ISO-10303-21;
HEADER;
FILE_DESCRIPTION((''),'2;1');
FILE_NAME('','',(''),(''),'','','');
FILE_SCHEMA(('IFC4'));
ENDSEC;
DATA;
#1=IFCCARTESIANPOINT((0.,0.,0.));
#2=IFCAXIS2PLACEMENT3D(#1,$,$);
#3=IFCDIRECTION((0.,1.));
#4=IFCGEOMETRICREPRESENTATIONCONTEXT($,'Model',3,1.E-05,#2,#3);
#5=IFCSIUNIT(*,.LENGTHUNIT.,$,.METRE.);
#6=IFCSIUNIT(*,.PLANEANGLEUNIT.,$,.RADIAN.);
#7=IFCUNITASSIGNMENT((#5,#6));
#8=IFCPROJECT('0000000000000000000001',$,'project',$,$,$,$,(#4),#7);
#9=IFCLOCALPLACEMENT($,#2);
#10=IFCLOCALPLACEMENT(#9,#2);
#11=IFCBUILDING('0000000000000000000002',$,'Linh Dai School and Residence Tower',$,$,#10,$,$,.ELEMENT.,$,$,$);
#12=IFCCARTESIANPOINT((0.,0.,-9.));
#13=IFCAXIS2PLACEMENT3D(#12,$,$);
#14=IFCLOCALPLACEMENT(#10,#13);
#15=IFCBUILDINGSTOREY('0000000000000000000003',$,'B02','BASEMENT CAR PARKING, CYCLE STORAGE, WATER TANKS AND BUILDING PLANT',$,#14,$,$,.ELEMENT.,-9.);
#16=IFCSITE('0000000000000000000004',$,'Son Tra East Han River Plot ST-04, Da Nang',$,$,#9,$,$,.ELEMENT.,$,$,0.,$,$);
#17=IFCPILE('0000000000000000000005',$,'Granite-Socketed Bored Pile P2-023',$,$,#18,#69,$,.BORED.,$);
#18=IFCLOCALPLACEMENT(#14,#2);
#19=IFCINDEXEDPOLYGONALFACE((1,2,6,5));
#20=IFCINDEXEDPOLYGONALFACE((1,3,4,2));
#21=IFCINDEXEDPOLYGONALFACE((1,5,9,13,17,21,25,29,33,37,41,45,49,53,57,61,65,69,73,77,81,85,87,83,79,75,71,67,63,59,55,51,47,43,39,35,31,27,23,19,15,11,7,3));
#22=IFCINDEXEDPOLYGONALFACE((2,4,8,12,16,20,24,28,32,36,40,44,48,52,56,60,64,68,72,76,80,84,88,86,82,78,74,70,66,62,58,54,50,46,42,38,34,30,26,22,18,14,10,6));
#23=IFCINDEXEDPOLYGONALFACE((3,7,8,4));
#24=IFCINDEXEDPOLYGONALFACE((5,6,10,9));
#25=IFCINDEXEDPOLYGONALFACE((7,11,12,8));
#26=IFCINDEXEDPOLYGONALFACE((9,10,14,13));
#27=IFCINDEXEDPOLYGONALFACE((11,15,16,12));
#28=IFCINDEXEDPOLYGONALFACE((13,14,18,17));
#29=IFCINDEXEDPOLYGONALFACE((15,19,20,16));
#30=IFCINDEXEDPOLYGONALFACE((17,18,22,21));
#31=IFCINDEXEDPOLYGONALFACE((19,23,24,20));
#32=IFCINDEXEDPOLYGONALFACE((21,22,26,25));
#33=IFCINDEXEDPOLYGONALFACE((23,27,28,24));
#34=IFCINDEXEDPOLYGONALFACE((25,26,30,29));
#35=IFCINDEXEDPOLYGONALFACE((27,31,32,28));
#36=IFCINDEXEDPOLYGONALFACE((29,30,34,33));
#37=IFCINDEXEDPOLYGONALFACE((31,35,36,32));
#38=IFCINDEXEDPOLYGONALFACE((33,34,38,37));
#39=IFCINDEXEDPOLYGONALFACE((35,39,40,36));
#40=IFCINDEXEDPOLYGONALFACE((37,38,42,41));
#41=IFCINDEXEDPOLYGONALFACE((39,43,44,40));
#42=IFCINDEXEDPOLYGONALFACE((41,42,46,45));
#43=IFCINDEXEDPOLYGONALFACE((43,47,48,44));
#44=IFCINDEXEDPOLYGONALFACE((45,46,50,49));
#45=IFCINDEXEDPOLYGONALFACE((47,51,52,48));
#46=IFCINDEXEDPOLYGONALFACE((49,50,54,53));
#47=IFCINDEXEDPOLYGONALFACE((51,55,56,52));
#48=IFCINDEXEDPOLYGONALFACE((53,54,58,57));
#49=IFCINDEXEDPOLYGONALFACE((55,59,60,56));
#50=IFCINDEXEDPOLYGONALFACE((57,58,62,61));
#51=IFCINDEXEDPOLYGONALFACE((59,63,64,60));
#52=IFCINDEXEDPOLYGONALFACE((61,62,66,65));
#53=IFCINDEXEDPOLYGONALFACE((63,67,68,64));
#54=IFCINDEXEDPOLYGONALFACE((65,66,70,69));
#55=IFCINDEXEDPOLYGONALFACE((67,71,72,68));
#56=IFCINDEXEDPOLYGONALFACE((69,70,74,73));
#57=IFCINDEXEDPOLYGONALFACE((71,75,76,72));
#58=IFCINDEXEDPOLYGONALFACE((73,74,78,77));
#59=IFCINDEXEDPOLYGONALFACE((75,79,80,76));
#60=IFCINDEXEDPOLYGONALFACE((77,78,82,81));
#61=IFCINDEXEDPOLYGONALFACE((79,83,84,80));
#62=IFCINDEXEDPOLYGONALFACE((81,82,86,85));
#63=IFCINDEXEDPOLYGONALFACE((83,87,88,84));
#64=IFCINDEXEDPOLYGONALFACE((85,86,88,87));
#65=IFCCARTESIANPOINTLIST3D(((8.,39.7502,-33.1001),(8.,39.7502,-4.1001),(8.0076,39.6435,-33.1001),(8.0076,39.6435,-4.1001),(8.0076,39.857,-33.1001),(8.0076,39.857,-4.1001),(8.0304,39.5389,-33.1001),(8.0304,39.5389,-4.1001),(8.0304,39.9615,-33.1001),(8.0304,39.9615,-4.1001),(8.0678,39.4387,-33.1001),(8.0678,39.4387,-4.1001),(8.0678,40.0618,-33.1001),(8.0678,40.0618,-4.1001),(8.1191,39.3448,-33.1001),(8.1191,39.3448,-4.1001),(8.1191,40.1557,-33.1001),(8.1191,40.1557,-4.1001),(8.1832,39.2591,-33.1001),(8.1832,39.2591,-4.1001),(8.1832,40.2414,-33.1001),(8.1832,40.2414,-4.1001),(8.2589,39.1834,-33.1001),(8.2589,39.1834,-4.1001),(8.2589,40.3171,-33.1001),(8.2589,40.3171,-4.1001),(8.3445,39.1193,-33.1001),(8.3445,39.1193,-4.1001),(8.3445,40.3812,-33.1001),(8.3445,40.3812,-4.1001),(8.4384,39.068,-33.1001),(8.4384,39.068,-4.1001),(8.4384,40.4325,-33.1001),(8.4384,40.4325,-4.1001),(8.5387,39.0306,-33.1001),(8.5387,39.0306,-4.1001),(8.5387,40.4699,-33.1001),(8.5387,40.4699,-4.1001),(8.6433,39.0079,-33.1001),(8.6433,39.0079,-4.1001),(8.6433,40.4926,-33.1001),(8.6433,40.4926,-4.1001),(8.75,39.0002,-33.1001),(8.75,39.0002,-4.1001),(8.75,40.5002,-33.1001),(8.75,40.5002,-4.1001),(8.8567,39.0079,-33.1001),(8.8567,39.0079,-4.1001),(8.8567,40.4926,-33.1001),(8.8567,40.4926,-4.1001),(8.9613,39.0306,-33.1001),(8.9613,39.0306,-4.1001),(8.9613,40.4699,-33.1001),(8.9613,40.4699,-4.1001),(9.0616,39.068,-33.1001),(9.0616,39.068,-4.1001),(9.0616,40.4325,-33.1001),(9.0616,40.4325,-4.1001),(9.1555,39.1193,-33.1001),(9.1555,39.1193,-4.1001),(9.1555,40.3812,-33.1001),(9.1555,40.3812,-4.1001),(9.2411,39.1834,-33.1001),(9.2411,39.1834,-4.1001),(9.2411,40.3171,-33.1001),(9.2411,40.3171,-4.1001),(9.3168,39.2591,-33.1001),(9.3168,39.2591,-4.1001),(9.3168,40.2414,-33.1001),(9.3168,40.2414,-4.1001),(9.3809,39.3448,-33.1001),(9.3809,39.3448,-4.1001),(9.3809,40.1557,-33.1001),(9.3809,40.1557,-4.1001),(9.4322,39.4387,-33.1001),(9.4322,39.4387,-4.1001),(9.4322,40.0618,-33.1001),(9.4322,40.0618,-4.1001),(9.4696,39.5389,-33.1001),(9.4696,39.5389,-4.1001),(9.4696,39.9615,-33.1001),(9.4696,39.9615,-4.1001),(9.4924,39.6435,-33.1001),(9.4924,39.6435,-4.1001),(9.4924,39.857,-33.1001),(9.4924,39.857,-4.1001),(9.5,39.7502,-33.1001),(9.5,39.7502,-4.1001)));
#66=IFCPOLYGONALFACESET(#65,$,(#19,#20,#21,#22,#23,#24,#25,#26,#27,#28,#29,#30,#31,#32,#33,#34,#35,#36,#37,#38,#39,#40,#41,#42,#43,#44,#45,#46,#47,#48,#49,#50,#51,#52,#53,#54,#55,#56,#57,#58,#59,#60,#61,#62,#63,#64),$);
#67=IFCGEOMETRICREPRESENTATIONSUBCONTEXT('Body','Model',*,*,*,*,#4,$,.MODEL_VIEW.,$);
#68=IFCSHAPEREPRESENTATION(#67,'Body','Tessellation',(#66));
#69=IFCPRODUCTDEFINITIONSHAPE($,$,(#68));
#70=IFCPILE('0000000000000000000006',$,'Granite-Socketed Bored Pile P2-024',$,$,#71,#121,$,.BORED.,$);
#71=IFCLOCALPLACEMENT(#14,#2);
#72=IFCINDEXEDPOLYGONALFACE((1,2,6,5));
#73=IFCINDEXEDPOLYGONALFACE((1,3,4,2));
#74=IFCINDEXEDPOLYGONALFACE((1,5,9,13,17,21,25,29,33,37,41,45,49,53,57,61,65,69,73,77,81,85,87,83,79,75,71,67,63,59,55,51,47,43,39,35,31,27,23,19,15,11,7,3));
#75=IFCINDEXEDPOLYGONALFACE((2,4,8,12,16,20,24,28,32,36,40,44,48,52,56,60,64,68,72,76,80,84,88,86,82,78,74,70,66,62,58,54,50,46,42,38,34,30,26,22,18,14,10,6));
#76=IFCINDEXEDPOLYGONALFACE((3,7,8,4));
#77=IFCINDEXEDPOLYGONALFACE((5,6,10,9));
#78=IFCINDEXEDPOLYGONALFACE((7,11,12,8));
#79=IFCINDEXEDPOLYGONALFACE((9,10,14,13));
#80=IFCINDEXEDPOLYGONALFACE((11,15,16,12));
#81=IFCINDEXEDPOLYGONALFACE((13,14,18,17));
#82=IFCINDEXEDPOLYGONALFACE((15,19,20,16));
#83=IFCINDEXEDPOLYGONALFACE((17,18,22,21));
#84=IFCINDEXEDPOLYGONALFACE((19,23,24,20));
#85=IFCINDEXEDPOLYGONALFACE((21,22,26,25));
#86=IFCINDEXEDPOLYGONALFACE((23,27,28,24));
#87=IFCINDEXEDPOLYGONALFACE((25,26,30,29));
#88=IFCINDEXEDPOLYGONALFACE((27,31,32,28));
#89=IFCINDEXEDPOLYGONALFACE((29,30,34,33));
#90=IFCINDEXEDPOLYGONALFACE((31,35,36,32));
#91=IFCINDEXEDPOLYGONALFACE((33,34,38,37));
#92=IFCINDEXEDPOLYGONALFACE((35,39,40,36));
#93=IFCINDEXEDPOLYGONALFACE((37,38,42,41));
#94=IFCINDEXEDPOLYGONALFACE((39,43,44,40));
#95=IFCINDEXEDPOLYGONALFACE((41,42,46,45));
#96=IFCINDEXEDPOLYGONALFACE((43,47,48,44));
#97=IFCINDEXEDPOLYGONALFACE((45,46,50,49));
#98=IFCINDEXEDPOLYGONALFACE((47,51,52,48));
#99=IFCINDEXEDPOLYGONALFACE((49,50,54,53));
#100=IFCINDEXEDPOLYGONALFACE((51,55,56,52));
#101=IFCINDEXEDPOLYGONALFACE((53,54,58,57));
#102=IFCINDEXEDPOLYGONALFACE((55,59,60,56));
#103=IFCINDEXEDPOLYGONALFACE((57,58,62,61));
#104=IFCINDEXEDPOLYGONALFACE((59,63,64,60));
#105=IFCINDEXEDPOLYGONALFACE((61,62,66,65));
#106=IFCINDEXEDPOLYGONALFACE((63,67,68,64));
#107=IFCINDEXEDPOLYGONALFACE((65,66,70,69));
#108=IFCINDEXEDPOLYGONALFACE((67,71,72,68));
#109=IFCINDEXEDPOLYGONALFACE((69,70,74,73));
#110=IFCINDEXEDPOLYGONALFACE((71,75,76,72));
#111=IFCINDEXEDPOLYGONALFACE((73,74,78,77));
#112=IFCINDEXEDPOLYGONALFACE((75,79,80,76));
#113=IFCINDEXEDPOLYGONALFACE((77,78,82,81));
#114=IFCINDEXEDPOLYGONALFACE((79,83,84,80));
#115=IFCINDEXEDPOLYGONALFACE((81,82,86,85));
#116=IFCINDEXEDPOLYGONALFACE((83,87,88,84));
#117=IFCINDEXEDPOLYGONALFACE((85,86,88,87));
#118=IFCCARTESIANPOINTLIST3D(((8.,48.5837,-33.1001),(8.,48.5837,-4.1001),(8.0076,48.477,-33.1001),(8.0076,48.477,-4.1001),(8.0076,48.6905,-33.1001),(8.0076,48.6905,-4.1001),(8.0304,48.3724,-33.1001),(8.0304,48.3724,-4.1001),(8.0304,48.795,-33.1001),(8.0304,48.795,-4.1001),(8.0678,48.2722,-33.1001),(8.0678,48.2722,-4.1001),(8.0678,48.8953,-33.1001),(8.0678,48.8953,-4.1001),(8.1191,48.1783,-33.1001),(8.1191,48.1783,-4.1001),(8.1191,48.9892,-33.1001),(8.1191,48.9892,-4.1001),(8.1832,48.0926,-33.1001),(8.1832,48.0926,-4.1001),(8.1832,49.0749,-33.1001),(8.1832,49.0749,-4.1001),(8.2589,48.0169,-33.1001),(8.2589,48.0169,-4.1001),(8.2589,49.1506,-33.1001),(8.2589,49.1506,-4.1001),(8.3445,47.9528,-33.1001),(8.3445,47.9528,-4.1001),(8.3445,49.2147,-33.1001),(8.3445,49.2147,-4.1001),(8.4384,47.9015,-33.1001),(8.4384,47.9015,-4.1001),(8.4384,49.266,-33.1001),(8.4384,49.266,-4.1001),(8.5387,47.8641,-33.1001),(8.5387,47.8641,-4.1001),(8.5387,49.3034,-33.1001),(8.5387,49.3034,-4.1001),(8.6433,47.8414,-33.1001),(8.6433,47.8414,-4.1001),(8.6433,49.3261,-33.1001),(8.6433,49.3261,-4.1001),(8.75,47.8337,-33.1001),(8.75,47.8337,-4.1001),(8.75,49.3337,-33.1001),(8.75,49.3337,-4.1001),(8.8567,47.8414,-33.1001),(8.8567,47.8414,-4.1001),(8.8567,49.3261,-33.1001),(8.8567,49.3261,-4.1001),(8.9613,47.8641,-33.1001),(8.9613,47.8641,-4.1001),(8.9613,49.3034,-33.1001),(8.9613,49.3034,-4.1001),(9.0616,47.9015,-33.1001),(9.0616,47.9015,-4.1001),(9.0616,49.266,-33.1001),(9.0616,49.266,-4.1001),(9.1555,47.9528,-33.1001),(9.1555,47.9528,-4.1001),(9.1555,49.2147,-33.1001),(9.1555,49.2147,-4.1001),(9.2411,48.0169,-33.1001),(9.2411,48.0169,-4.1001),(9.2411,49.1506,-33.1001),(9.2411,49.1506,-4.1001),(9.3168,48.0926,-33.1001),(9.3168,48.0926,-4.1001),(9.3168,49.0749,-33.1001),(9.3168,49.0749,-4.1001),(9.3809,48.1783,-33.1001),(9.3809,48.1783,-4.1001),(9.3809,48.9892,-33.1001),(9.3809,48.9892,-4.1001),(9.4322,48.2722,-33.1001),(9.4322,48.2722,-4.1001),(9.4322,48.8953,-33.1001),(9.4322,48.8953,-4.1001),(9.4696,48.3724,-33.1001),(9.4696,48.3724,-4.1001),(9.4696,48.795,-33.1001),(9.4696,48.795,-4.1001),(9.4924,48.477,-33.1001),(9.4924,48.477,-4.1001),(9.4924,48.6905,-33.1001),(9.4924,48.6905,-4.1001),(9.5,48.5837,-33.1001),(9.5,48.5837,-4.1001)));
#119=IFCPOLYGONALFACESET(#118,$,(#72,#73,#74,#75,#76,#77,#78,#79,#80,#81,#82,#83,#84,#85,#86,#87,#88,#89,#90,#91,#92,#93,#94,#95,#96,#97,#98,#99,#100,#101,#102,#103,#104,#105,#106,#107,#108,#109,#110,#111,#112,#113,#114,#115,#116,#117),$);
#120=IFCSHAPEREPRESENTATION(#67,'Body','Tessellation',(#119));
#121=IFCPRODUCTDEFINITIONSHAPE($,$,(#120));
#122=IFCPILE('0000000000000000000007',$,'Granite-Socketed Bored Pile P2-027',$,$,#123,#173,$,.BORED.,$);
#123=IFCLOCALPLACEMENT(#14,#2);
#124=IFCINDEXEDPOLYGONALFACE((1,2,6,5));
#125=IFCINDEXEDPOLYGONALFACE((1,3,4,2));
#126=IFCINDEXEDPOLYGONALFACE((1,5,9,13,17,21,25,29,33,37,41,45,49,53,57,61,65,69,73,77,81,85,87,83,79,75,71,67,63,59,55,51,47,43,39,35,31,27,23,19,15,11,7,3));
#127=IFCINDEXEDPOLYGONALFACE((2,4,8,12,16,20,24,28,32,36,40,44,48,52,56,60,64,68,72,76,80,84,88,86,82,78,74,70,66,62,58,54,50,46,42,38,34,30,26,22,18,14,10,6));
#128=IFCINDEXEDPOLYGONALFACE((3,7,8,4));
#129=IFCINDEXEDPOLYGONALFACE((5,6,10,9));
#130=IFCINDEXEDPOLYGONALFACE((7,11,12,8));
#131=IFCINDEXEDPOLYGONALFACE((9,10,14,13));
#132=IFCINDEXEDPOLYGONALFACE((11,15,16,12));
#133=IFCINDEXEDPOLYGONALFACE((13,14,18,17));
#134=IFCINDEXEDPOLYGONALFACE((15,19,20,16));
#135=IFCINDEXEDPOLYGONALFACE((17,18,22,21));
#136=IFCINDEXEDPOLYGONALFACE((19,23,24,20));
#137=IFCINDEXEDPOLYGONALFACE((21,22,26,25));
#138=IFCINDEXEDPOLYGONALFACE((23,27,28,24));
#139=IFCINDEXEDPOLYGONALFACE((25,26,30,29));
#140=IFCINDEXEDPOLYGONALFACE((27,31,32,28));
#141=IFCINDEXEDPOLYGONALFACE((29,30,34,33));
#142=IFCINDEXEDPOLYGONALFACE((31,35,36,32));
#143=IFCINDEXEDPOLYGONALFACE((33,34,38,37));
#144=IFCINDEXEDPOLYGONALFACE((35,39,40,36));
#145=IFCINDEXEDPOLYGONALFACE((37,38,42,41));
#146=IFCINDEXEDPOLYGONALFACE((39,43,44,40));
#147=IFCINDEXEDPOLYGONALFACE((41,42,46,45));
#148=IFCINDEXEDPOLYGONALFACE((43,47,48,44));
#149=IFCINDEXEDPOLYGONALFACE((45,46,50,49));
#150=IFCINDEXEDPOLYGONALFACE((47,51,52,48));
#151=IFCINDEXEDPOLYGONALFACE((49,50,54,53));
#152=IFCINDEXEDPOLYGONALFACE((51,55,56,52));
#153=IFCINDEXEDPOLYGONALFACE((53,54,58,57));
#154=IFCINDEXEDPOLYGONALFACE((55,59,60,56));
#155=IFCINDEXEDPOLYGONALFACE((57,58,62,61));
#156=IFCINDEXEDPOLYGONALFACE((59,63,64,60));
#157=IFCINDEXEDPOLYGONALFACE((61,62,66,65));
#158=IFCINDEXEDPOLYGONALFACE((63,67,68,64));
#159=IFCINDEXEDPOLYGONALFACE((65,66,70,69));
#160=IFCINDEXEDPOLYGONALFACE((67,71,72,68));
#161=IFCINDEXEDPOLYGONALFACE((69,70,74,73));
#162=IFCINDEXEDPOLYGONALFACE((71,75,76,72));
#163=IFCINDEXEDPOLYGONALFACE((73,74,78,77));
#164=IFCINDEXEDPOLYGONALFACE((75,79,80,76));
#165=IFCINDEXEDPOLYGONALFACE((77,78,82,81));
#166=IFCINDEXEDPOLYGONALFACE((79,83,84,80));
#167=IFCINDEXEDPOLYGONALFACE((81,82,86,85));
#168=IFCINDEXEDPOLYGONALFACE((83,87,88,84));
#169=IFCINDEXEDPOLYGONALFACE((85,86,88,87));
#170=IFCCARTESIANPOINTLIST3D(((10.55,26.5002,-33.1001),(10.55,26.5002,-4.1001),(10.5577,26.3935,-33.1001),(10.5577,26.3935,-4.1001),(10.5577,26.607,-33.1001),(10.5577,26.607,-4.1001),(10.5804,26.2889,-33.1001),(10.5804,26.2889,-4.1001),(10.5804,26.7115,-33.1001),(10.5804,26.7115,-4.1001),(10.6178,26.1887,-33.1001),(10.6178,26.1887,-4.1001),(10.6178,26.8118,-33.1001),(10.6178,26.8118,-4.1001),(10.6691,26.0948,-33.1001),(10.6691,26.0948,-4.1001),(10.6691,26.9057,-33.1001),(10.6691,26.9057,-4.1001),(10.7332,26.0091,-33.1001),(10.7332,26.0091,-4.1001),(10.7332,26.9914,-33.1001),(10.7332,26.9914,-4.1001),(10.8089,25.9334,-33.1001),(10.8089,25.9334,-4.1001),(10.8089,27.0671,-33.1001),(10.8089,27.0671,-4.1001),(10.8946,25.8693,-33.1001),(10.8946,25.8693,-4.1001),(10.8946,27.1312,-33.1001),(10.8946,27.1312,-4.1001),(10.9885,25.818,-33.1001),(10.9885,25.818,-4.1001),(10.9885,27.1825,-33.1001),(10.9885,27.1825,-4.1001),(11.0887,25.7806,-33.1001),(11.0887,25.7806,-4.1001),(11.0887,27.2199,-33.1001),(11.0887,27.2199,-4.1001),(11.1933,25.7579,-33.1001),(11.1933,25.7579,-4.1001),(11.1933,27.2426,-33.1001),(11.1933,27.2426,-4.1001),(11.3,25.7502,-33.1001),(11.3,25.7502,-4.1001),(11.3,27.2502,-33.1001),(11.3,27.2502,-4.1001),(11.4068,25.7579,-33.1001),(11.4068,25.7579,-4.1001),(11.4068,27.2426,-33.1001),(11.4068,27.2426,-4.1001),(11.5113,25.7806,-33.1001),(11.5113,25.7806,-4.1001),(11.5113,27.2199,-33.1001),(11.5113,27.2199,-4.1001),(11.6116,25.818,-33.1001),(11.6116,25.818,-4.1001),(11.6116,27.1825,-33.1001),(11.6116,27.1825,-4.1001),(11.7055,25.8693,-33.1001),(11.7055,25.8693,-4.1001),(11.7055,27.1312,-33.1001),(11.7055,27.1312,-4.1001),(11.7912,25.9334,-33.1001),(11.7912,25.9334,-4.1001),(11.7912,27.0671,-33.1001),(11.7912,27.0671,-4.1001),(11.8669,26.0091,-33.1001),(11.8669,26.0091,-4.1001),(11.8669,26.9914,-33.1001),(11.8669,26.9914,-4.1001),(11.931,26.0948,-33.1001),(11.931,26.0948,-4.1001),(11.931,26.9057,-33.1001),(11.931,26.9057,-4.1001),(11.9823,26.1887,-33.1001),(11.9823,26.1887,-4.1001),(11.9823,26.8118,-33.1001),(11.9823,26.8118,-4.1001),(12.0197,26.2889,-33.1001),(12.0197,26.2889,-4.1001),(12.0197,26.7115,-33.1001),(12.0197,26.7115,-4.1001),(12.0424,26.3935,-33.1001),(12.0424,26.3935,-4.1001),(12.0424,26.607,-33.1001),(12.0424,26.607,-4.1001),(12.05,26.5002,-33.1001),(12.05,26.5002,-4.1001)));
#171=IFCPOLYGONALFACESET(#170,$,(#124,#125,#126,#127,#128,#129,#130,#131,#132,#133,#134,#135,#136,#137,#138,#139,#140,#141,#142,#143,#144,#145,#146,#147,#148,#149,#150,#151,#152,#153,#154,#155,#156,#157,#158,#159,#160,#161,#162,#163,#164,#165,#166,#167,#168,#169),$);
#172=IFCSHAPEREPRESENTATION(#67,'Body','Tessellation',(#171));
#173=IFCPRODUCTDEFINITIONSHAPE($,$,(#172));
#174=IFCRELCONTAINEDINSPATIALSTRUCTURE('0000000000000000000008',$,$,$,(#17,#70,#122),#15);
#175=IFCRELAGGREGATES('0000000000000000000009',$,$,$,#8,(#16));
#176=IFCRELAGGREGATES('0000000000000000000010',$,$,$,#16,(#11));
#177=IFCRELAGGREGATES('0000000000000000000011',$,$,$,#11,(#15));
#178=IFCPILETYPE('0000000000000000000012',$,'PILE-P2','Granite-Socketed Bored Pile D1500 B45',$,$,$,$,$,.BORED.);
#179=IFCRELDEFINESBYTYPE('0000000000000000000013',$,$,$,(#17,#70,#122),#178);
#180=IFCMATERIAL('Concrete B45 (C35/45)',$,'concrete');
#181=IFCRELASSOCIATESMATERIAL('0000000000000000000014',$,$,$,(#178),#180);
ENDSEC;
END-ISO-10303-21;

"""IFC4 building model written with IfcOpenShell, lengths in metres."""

from ifc_helpers import new_model, si_unit, direction, frame, origin, origin_2d, place, context, subcontext, project, spatial, circle, extrude, material, material_profile, profile_set, type_object, element, save


model = new_model("IFC4")

# Units and contexts
model_context = context("Model", 3, precision=1e-05, world=origin(), true_north=direction((0.0, 1.0)))
body_context = subcontext(model_context, "Body", "Model", "MODEL_VIEW")
ifc_project = project(units=[si_unit("LENGTHUNIT", "METRE"), si_unit("PLANEANGLEUNIT", "RADIAN")], contexts=[model_context])

# Site, building, storey
site_placement = place(None, origin())
site = spatial("IfcSite", under=ifc_project, at=site_placement, Name="Son Tra East Han River Plot ST-04, Da Nang", CompositionType="ELEMENT", RefElevation=0.0)
building_placement = place(site_placement, origin())
building = spatial("IfcBuilding", under=site, at=building_placement, Name="Linh Dai School and Residence Tower", CompositionType="ELEMENT")
storey_placement = place(building_placement, frame((0.0, 0.0, -9.0)))
storey = spatial("IfcBuildingStorey", under=building, at=storey_placement, Name="B02", Description="BASEMENT CAR PARKING, CYCLE STORAGE, WATER TANKS AND BUILDING PLANT", CompositionType="ELEMENT", Elevation=-9.0)

# Piles
ifc_material_1 = material(Name="Concrete B45 (C35/45)", Category="concrete")
ifc_material_profile_1 = material_profile(ifc_material_1, circle(Radius=0.75, at=origin_2d()), Name="PILE D1500")
ifc_profile_set_1 = profile_set([ifc_material_profile_1], Name="Concrete B45 (C35/45)")
pile_type = type_object("IfcPileType", Name="PILE-P2", Description="Granite-Socketed Bored Pile D1500 B45", PredefinedType="BORED", material=ifc_profile_set_1)
for number, where, z_axis, x_axis, name in (
    (1, (8.75, 39.7502, -4.1001), (0.0, 0.0, -1.0), (1.0, 0.0, 0.0), "Granite-Socketed Bored Pile P2-023"),
    (2, (8.75, 48.5837, -4.1001), (0.0, 0.0, -1.0), (1.0, 0.0, 0.0), "Granite-Socketed Bored Pile P2-024"),
    (3, (11.3, 26.5002, -4.1001), (0.0, 0.0, -1.0), (1.0, 0.0, 0.0), "Granite-Socketed Bored Pile P2-027"),
):
    element("IfcPile", number, at=place(storey_placement, frame(where, z_axis=z_axis, x_axis=x_axis)), inside=storey, type_object=pile_type, Name=name, PredefinedType="BORED", context=body_context, shape_type="SweptSolid", body=[
        extrude(circle(Radius=0.75, at=origin_2d()), origin(), (0.0, 0.0, 1.0), 29.0),
    ])

save(model, "model.ifc")
